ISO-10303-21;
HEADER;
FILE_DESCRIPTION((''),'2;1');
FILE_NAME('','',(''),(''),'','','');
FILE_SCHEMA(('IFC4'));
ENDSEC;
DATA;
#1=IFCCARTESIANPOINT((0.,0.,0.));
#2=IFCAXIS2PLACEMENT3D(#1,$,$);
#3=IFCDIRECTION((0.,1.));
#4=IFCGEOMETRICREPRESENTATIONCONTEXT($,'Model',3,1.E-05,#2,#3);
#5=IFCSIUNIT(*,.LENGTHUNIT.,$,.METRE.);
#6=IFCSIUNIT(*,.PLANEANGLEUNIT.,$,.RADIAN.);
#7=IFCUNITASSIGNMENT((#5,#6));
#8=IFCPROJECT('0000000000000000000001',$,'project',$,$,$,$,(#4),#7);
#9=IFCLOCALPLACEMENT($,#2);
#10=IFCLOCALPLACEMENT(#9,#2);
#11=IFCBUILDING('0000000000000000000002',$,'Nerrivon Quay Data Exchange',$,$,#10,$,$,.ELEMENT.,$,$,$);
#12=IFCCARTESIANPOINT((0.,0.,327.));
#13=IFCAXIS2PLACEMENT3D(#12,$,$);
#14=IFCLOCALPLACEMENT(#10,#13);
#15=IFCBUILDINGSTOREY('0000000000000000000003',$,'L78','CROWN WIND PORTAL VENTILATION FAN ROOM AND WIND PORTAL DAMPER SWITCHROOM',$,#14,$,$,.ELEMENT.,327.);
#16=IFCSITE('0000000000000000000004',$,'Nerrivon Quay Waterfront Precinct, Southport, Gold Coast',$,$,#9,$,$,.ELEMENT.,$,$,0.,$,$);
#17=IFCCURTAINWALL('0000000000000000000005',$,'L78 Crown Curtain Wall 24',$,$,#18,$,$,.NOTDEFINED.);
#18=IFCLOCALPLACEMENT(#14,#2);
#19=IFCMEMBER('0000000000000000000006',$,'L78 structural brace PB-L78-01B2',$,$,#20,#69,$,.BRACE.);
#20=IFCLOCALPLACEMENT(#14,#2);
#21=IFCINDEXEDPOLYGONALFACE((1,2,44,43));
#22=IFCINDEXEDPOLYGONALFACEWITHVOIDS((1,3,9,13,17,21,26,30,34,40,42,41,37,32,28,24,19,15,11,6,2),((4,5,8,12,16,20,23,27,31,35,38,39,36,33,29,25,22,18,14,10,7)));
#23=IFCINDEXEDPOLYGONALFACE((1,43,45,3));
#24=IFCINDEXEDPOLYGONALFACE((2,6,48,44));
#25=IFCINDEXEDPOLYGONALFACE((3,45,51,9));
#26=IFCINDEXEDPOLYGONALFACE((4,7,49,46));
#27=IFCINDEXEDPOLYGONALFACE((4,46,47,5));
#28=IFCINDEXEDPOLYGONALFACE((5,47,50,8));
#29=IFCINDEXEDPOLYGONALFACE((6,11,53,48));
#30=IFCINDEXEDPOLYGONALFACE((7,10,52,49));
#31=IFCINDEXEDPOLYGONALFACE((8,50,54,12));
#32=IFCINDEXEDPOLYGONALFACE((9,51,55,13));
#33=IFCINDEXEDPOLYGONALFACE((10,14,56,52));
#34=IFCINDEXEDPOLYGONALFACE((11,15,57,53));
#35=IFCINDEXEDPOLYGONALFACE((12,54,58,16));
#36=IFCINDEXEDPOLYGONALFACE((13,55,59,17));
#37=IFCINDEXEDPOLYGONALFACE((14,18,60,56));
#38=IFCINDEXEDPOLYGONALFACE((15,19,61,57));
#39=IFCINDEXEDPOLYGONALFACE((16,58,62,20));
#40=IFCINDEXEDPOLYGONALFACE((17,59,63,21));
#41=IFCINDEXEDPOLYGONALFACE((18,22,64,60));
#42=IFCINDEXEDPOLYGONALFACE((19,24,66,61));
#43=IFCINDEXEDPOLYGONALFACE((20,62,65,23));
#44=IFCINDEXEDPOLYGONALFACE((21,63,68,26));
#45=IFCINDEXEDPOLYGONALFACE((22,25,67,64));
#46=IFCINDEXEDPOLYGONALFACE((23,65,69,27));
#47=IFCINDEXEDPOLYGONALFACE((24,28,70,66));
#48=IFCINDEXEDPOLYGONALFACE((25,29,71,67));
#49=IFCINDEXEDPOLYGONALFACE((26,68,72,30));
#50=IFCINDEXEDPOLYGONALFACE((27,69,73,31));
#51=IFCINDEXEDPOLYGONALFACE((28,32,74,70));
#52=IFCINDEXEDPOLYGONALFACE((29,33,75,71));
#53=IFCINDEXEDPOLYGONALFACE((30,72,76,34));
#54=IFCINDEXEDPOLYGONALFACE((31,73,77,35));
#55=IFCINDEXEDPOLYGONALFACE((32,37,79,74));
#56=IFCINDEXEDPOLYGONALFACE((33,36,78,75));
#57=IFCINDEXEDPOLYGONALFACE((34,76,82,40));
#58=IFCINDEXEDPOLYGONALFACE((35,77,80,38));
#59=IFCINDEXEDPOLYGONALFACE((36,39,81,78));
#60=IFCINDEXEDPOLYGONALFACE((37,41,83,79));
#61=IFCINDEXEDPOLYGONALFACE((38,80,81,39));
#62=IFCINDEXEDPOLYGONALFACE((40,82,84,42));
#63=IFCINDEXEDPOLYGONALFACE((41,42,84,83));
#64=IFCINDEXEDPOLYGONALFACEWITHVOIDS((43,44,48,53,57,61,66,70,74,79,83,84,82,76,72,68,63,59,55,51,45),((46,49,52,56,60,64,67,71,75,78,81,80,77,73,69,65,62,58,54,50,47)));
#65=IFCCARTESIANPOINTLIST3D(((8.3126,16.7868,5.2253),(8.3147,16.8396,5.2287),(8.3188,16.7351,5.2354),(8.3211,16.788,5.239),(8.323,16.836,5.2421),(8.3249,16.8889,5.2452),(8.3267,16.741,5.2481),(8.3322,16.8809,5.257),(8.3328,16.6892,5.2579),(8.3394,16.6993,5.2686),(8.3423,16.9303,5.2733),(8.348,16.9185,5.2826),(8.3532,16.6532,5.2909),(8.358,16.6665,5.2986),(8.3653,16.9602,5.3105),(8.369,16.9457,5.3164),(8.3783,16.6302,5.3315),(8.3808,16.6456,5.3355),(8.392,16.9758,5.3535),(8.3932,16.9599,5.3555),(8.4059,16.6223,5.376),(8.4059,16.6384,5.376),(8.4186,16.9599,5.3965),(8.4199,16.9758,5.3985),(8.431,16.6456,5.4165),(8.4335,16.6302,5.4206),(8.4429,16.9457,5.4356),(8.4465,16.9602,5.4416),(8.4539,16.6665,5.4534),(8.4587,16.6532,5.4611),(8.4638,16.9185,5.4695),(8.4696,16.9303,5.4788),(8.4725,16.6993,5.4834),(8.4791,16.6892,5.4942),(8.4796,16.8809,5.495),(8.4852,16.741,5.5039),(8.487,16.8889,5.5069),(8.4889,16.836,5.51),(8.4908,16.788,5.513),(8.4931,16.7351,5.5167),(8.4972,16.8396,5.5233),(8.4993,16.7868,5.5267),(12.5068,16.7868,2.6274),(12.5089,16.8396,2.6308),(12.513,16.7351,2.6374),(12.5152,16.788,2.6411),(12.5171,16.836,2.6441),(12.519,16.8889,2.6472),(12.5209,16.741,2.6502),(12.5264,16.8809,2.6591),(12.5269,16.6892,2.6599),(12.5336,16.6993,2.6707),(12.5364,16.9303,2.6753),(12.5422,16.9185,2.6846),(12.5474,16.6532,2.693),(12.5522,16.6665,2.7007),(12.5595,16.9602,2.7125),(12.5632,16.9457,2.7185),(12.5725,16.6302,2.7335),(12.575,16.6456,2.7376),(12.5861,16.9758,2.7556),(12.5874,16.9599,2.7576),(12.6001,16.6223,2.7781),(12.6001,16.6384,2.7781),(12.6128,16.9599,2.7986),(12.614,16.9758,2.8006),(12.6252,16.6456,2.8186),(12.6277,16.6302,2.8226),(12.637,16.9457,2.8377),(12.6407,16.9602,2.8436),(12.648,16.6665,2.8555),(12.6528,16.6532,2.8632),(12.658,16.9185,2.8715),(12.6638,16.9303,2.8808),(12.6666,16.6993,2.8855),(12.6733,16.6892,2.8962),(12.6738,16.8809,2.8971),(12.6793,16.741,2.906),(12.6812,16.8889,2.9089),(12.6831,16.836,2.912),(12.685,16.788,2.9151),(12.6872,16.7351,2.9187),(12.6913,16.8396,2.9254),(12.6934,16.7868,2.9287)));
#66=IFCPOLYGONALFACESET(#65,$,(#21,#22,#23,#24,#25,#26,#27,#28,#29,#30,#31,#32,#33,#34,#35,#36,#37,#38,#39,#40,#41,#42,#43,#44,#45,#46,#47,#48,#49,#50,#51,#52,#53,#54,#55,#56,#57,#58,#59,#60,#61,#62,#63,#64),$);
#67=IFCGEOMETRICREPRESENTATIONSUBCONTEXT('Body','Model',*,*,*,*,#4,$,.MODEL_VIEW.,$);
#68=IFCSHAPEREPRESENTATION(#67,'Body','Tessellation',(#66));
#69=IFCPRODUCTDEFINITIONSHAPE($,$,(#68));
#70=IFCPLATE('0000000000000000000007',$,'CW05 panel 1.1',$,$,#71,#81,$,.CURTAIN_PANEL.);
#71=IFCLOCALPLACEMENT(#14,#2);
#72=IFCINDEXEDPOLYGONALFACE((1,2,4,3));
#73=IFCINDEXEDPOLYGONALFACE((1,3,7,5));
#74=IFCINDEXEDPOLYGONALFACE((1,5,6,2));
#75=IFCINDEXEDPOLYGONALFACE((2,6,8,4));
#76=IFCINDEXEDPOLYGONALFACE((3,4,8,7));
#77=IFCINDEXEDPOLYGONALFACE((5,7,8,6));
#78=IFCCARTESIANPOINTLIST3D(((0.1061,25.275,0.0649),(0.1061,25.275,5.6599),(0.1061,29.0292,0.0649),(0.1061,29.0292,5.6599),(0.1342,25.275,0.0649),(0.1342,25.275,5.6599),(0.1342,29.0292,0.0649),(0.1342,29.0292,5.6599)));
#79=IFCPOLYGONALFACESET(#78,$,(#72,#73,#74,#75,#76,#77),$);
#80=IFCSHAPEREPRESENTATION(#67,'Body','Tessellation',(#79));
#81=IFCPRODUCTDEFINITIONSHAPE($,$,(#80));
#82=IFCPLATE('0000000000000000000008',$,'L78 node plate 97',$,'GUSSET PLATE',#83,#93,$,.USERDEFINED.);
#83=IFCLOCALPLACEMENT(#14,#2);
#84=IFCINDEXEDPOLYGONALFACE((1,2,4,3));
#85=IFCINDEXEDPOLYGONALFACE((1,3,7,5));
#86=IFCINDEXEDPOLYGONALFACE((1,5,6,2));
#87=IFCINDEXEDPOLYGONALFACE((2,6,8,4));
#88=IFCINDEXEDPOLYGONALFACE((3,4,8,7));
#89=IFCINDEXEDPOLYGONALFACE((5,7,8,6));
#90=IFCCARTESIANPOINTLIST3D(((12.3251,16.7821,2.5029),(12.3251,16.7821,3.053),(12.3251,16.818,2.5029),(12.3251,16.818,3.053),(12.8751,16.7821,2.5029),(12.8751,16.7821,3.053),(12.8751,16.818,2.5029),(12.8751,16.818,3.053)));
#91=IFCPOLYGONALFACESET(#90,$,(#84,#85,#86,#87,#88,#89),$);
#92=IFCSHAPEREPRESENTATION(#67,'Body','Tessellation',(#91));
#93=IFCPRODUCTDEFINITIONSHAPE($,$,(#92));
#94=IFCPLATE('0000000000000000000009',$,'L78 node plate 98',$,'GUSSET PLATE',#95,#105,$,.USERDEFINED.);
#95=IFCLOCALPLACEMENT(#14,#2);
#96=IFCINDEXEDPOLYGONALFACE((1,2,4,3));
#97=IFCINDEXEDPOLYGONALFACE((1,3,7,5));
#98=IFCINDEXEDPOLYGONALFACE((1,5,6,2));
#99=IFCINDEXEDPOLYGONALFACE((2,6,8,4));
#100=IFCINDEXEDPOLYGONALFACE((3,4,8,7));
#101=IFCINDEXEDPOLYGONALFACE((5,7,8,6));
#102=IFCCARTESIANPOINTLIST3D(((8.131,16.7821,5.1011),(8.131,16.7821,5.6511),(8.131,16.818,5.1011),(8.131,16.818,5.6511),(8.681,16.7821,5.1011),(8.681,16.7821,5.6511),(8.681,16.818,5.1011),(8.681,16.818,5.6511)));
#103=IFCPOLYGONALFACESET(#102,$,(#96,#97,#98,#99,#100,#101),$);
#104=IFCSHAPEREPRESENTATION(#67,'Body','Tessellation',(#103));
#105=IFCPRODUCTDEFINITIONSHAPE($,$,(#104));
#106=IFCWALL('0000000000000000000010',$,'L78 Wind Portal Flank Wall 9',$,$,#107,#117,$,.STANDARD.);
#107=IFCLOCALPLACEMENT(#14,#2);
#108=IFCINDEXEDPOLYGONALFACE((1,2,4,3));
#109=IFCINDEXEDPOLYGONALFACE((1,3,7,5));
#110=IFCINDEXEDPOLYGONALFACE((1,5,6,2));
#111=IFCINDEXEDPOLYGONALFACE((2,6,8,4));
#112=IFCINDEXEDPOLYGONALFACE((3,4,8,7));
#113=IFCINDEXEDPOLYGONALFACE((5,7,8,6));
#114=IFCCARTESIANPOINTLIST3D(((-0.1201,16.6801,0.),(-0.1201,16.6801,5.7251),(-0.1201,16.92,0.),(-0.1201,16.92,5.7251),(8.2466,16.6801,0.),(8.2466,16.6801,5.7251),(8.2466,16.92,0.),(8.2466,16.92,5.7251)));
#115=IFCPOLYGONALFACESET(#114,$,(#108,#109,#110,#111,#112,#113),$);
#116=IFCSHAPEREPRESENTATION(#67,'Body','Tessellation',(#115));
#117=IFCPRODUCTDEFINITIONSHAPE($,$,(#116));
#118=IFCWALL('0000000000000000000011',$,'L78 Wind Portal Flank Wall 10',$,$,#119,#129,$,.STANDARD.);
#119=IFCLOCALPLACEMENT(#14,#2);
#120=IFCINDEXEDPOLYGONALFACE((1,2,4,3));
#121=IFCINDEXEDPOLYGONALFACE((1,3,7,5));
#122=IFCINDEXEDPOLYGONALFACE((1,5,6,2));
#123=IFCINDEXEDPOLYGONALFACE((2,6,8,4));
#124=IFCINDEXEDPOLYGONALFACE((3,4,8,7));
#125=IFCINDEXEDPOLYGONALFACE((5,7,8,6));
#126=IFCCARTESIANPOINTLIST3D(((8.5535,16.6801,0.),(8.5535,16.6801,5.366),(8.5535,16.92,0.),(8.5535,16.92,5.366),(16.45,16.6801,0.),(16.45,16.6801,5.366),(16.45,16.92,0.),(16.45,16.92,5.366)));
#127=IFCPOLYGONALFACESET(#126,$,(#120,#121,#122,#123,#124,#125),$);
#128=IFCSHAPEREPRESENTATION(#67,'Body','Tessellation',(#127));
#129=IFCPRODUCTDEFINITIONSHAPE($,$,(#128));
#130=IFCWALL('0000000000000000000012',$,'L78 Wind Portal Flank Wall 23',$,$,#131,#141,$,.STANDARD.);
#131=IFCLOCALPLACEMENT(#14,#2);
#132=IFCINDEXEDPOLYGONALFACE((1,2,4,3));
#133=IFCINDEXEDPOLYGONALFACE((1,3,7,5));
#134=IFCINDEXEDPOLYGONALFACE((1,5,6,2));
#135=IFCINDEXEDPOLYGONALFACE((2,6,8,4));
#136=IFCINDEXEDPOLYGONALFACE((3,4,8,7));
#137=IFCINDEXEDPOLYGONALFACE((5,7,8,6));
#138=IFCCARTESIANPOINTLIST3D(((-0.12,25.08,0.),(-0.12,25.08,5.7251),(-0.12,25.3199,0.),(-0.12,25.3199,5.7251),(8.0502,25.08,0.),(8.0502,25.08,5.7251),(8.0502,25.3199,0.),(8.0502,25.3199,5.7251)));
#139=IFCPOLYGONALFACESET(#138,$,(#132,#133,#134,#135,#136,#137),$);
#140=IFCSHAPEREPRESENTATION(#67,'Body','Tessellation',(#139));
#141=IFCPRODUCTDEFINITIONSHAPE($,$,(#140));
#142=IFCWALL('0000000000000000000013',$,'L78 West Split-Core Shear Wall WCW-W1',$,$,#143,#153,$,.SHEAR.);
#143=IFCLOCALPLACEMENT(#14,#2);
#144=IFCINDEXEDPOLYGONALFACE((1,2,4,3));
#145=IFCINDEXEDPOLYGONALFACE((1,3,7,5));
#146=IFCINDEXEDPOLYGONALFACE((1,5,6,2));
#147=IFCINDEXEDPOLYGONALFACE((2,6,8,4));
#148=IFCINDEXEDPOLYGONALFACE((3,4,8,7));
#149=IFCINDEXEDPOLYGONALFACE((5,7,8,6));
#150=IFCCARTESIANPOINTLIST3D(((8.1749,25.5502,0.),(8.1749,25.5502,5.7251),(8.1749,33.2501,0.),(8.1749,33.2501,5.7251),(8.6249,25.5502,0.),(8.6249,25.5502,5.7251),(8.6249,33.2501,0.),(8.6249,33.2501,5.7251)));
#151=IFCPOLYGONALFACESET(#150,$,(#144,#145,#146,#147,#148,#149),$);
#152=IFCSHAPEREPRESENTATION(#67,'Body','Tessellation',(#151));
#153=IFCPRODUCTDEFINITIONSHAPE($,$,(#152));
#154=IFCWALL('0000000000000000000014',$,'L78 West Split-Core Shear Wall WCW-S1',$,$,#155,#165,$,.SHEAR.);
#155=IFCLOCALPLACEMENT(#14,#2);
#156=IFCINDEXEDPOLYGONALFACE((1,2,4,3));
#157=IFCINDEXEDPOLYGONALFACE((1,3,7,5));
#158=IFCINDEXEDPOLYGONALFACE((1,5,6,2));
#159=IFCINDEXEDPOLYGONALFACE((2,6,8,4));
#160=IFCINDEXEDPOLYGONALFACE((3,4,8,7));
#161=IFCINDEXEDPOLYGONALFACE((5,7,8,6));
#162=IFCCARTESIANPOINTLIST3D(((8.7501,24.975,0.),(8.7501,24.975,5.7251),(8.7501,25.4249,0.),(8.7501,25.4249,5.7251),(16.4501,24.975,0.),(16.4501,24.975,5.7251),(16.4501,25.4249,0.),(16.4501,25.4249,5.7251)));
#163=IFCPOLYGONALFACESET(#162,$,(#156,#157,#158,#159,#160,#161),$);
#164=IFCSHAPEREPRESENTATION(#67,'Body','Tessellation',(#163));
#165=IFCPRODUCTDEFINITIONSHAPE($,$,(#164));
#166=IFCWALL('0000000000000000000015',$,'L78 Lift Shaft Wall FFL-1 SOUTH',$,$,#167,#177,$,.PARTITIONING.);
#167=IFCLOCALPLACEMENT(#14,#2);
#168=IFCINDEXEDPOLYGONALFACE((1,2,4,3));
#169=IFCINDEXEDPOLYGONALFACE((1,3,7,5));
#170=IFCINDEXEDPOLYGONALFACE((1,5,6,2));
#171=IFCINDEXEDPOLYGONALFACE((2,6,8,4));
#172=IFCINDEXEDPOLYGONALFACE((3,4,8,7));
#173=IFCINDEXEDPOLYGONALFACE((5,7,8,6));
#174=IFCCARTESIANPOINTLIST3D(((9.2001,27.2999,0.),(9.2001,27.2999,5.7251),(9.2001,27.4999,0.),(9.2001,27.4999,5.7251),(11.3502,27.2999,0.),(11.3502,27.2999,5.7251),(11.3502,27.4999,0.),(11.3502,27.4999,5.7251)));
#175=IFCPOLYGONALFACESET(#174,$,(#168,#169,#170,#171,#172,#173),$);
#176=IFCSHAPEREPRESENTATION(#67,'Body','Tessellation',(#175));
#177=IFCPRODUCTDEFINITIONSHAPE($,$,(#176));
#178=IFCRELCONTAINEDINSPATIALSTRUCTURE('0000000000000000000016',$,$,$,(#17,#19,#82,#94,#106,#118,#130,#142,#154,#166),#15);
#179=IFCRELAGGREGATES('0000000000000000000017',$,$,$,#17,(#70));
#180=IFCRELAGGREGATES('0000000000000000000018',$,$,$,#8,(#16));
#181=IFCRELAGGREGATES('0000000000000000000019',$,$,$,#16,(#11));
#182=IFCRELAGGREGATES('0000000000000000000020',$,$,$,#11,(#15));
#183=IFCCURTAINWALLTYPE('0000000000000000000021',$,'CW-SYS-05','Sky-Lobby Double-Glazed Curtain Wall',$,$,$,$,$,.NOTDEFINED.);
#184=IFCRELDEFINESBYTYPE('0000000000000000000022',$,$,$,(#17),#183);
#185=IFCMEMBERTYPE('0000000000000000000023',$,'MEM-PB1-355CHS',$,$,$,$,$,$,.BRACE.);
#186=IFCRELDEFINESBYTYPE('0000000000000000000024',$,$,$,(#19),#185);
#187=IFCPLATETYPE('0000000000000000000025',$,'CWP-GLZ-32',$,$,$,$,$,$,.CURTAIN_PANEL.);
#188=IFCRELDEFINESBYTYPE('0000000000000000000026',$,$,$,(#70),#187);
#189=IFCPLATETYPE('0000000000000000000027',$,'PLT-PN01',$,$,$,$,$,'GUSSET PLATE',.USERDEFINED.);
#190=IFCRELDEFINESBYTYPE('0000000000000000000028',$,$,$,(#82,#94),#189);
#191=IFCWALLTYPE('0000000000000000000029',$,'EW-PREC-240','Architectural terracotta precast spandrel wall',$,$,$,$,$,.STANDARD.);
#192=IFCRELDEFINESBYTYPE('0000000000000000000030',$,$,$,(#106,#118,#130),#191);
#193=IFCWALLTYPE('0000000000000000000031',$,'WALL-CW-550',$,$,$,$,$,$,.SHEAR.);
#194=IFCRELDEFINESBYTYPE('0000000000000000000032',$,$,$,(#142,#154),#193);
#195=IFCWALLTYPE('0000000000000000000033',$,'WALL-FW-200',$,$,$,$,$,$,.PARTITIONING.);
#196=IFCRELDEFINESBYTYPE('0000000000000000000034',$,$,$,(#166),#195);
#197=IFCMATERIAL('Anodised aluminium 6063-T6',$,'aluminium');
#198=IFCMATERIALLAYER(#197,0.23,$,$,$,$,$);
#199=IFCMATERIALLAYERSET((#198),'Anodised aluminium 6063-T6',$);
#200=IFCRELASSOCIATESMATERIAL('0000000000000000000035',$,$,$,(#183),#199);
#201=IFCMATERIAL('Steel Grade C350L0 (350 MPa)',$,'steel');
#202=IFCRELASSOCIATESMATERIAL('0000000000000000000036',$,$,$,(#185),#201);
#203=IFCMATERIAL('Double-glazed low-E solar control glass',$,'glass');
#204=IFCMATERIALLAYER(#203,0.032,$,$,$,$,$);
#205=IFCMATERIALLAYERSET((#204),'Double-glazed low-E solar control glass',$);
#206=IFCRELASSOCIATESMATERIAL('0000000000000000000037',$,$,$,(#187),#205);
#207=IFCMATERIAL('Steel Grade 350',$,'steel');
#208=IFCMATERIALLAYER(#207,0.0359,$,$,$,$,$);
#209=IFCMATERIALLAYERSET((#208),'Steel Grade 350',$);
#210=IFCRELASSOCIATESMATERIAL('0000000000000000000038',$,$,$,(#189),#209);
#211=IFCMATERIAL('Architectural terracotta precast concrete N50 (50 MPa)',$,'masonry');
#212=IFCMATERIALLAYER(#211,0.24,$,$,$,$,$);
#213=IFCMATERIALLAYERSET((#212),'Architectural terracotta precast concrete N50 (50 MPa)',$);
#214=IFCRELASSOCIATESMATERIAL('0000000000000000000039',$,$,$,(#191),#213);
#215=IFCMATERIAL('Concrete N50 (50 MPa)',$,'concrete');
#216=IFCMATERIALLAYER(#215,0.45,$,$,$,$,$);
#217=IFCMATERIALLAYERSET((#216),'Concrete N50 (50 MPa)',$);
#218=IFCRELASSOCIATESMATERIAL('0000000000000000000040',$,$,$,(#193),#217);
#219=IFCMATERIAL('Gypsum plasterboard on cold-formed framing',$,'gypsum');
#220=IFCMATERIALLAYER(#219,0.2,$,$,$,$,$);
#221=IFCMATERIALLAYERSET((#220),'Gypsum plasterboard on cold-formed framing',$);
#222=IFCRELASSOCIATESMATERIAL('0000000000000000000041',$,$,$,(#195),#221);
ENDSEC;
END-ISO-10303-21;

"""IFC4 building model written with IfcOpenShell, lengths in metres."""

from ifc_helpers import new_model, si_unit, direction, frame, frame_2d, origin, origin_2d, place, context, subcontext, project, spatial, rectangle, hollow_circle, extrude, material, layer, layer_set, material_profile, profile_set, type_object, element, aggregate, save


model = new_model("IFC4")

# Units and contexts
model_context = context("Model", 3, precision=1e-05, world=origin(), true_north=direction((0.0, 1.0)))
body_context = subcontext(model_context, "Body", "Model", "MODEL_VIEW")
ifc_project = project(units=[si_unit("LENGTHUNIT", "METRE"), si_unit("PLANEANGLEUNIT", "RADIAN")], contexts=[model_context])

# Site, building, storey
site_placement = place(None, origin())
site = spatial("IfcSite", under=ifc_project, at=site_placement, Name="Nerrivon Quay Waterfront Precinct, Southport, Gold Coast", CompositionType="ELEMENT", RefElevation=0.0)
building_placement = place(site_placement, origin())
building = spatial("IfcBuilding", under=site, at=building_placement, Name="Nerrivon Quay Data Exchange", CompositionType="ELEMENT")
storey_placement = place(building_placement, frame((0.0, 0.0, 327.0)))
storey = spatial("IfcBuildingStorey", under=building, at=storey_placement, Name="L78", Description="CROWN WIND PORTAL VENTILATION FAN ROOM AND WIND PORTAL DAMPER SWITCHROOM", CompositionType="ELEMENT", Elevation=327.0)

# Shared definitions
ifc_material_1 = material(Name="Concrete N50 (50 MPa)", Category="concrete")

# Shared definitions
ifc_material_2 = material(Name="Steel Grade 350", Category="steel")

# Curtain wall
ifc_material_3 = material(Name="Anodised aluminium 6063-T6", Category="aluminium")
ifc_layer_1 = layer(ifc_material_3, 0.23)
ifc_layer_set_1 = layer_set([ifc_layer_1], Name="Anodised aluminium 6063-T6")
curtain_wall_type = type_object("IfcCurtainWallType", Name="CW-SYS-05", Description="Sky-Lobby Double-Glazed Curtain Wall", PredefinedType="NOTDEFINED", material=ifc_layer_set_1)
curtain_wall_placement = place(storey_placement, origin())
curtain_wall = element("IfcCurtainWall", 1, at=curtain_wall_placement, inside=storey, type_object=curtain_wall_type, Name="L78 Crown Curtain Wall 24", PredefinedType="NOTDEFINED")

# Member
ifc_material_4 = material(Name="Steel Grade C350L0 (350 MPa)", Category="steel")
ifc_material_profile_1 = material_profile(ifc_material_4, hollow_circle(Radius=0.1777, WallThickness=0.0161, at=origin_2d()), Name="355.6x16.0CHS")
ifc_profile_set_1 = profile_set([ifc_material_profile_1], Name="Steel Grade C350L0 (350 MPa)")
member_type_1 = type_object("IfcMemberType", Name="MEM-PB1-355CHS", PredefinedType="BRACE", material=ifc_profile_set_1)
member_1_placement = place(storey_placement, frame((12.6001, 16.8, 2.7781), z_axis=(-0.850124, 0.0, 0.526583), x_axis=(0.0, -1.0, 0.0)))
element("IfcMember", 2, at=member_1_placement, inside=storey, type_object=member_type_1, Name="L78 structural brace PB-L78-01B2", PredefinedType="BRACE", context=body_context, shape_type="SweptSolid", body=[
    extrude(hollow_circle(Radius=0.1777, WallThickness=0.0161, at=origin_2d()), origin(), (0.0, 0.0, 1.0), 4.9336),
])

# Plate
ifc_material_5 = material(Name="Double-glazed low-E solar control glass", Category="glass")
ifc_layer_2 = layer(ifc_material_5, 0.032)
ifc_layer_set_2 = layer_set([ifc_layer_2], Name="Double-glazed low-E solar control glass")
plate_type_1 = type_object("IfcPlateType", Name="CWP-GLZ-32", PredefinedType="CURTAIN_PANEL", material=ifc_layer_set_2)
plate_placement = place(storey_placement, frame((0.1201, 27.1521, 0.0649), z_axis=(0.0, 0.0, 1.0), x_axis=(0.0, 1.0, 0.0)))
plate = element("IfcPlate", 3, at=plate_placement, type_object=plate_type_1, Name="CW05 panel 1.1", PredefinedType="CURTAIN_PANEL", context=body_context, shape_type="SweptSolid", body=[
    extrude(rectangle(XDim=3.7542, YDim=0.0281, at=origin_2d()), origin(), (0.0, 0.0, 1.0), 5.595),
])
aggregate(curtain_wall, [plate])

# Plates
ifc_layer_3 = layer(ifc_material_2, 0.0359)
ifc_layer_set_3 = layer_set([ifc_layer_3], Name="Steel Grade 350")
plate_type_2 = type_object("IfcPlateType", Name="PLT-PN01", ElementType="GUSSET PLATE", PredefinedType="USERDEFINED", material=ifc_layer_set_3)
for number, where, z_axis, x_axis, name in (
    (4, (12.6001, 16.8, 2.5029), (0.0, 0.0, 1.0), (1.0, 0.0, 0.0), "L78 node plate 97"),
    (5, (8.406, 16.8, 5.1011), (0.0, 0.0, 1.0), (1.0, 0.0, 0.0), "L78 node plate 98"),
):
    element("IfcPlate", number, at=place(storey_placement, frame(where, z_axis=z_axis, x_axis=x_axis)), inside=storey, type_object=plate_type_2, Name=name, ObjectType="GUSSET PLATE", PredefinedType="USERDEFINED", context=body_context, shape_type="SweptSolid", body=[
        extrude(rectangle(XDim=0.55, YDim=0.0359, at=origin_2d()), origin(), (0.0, 0.0, 1.0), 0.55),
    ])

# Walls
ifc_material_6 = material(Name="Architectural terracotta precast concrete N50 (50 MPa)", Category="masonry")
ifc_layer_4 = layer(ifc_material_6, 0.24)
ifc_layer_set_4 = layer_set([ifc_layer_4], Name="Architectural terracotta precast concrete N50 (50 MPa)")
wall_type_1 = type_object("IfcWallType", Name="EW-PREC-240", Description="Architectural terracotta precast spandrel wall", PredefinedType="STANDARD", material=ifc_layer_set_4)
wall_1_placement = place(storey_placement, frame((-0.1201, 16.8, 0.0), z_axis=(0.0, 0.0, 1.0), x_axis=(1.0, 0.0, 0.0)))
element("IfcWall", 6, at=wall_1_placement, inside=storey, type_object=wall_type_1, Name="L78 Wind Portal Flank Wall 9", PredefinedType="STANDARD", context=body_context, shape_type="SweptSolid", body=[
    extrude(rectangle(XDim=8.3667, YDim=0.24, at=frame_2d((4.1833, 0.0))), origin(), (0.0, 0.0, 1.0), 5.7251),
])
wall_2_placement = place(storey_placement, frame((8.5535, 16.8, 0.0), z_axis=(0.0, 0.0, 1.0), x_axis=(1.0, 0.0, 0.0)))
element("IfcWall", 7, at=wall_2_placement, inside=storey, type_object=wall_type_1, Name="L78 Wind Portal Flank Wall 10", PredefinedType="STANDARD", context=body_context, shape_type="SweptSolid", body=[
    extrude(rectangle(XDim=7.8965, YDim=0.24, at=frame_2d((3.9482, 0.0))), origin(), (0.0, 0.0, 1.0), 5.366),
])
wall_3_placement = place(storey_placement, frame((8.05, 25.2, 0.0), z_axis=(0.0, 0.0, 1.0), x_axis=(-1.0, 0.0, 0.0)))
element("IfcWall", 8, at=wall_3_placement, inside=storey, type_object=wall_type_1, Name="L78 Wind Portal Flank Wall 23", PredefinedType="STANDARD", context=body_context, shape_type="SweptSolid", body=[
    extrude(rectangle(XDim=8.1702, YDim=0.24, at=frame_2d((4.085, 0.0))), origin(), (0.0, 0.0, 1.0), 5.7251),
])
ifc_layer_5 = layer(ifc_material_1, 0.45)
ifc_layer_set_5 = layer_set([ifc_layer_5], Name="Concrete N50 (50 MPa)")
wall_type_2 = type_object("IfcWallType", Name="WALL-CW-550", PredefinedType="SHEAR", material=ifc_layer_set_5)
for number, where, z_axis, x_axis, name in (
    (9, (8.3999, 25.55, 0.0), (0.0, 0.0, 1.0), (0.0, 1.0, 0.0), "L78 West Split-Core Shear Wall WCW-W1"),
    (10, (8.75, 25.2, 0.0), (0.0, 0.0, 1.0), (1.0, 0.0, 0.0), "L78 West Split-Core Shear Wall WCW-S1"),
):
    element("IfcWall", number, at=place(storey_placement, frame(where, z_axis=z_axis, x_axis=x_axis)), inside=storey, type_object=wall_type_2, Name=name, PredefinedType="SHEAR", context=body_context, shape_type="SweptSolid", body=[
        extrude(rectangle(XDim=7.7, YDim=0.45, at=frame_2d((3.8501, 0.0))), origin(), (0.0, 0.0, 1.0), 5.7251),
    ])
ifc_material_7 = material(Name="Gypsum plasterboard on cold-formed framing", Category="gypsum")
ifc_layer_6 = layer(ifc_material_7, 0.2)
ifc_layer_set_6 = layer_set([ifc_layer_6], Name="Gypsum plasterboard on cold-formed framing")
wall_type_3 = type_object("IfcWallType", Name="WALL-FW-200", PredefinedType="PARTITIONING", material=ifc_layer_set_6)
wall_4_placement = place(storey_placement, frame((9.2, 27.3999, 0.0), z_axis=(0.0, 0.0, 1.0), x_axis=(1.0, 0.0, 0.0)))
element("IfcWall", 11, at=wall_4_placement, inside=storey, type_object=wall_type_3, Name="L78 Lift Shaft Wall FFL-1 SOUTH", PredefinedType="PARTITIONING", context=body_context, shape_type="SweptSolid", body=[
    extrude(rectangle(XDim=2.1501, YDim=0.2, at=frame_2d((1.0752, 0.0))), origin(), (0.0, 0.0, 1.0), 5.7251),
])

save(model, "model.ifc")
